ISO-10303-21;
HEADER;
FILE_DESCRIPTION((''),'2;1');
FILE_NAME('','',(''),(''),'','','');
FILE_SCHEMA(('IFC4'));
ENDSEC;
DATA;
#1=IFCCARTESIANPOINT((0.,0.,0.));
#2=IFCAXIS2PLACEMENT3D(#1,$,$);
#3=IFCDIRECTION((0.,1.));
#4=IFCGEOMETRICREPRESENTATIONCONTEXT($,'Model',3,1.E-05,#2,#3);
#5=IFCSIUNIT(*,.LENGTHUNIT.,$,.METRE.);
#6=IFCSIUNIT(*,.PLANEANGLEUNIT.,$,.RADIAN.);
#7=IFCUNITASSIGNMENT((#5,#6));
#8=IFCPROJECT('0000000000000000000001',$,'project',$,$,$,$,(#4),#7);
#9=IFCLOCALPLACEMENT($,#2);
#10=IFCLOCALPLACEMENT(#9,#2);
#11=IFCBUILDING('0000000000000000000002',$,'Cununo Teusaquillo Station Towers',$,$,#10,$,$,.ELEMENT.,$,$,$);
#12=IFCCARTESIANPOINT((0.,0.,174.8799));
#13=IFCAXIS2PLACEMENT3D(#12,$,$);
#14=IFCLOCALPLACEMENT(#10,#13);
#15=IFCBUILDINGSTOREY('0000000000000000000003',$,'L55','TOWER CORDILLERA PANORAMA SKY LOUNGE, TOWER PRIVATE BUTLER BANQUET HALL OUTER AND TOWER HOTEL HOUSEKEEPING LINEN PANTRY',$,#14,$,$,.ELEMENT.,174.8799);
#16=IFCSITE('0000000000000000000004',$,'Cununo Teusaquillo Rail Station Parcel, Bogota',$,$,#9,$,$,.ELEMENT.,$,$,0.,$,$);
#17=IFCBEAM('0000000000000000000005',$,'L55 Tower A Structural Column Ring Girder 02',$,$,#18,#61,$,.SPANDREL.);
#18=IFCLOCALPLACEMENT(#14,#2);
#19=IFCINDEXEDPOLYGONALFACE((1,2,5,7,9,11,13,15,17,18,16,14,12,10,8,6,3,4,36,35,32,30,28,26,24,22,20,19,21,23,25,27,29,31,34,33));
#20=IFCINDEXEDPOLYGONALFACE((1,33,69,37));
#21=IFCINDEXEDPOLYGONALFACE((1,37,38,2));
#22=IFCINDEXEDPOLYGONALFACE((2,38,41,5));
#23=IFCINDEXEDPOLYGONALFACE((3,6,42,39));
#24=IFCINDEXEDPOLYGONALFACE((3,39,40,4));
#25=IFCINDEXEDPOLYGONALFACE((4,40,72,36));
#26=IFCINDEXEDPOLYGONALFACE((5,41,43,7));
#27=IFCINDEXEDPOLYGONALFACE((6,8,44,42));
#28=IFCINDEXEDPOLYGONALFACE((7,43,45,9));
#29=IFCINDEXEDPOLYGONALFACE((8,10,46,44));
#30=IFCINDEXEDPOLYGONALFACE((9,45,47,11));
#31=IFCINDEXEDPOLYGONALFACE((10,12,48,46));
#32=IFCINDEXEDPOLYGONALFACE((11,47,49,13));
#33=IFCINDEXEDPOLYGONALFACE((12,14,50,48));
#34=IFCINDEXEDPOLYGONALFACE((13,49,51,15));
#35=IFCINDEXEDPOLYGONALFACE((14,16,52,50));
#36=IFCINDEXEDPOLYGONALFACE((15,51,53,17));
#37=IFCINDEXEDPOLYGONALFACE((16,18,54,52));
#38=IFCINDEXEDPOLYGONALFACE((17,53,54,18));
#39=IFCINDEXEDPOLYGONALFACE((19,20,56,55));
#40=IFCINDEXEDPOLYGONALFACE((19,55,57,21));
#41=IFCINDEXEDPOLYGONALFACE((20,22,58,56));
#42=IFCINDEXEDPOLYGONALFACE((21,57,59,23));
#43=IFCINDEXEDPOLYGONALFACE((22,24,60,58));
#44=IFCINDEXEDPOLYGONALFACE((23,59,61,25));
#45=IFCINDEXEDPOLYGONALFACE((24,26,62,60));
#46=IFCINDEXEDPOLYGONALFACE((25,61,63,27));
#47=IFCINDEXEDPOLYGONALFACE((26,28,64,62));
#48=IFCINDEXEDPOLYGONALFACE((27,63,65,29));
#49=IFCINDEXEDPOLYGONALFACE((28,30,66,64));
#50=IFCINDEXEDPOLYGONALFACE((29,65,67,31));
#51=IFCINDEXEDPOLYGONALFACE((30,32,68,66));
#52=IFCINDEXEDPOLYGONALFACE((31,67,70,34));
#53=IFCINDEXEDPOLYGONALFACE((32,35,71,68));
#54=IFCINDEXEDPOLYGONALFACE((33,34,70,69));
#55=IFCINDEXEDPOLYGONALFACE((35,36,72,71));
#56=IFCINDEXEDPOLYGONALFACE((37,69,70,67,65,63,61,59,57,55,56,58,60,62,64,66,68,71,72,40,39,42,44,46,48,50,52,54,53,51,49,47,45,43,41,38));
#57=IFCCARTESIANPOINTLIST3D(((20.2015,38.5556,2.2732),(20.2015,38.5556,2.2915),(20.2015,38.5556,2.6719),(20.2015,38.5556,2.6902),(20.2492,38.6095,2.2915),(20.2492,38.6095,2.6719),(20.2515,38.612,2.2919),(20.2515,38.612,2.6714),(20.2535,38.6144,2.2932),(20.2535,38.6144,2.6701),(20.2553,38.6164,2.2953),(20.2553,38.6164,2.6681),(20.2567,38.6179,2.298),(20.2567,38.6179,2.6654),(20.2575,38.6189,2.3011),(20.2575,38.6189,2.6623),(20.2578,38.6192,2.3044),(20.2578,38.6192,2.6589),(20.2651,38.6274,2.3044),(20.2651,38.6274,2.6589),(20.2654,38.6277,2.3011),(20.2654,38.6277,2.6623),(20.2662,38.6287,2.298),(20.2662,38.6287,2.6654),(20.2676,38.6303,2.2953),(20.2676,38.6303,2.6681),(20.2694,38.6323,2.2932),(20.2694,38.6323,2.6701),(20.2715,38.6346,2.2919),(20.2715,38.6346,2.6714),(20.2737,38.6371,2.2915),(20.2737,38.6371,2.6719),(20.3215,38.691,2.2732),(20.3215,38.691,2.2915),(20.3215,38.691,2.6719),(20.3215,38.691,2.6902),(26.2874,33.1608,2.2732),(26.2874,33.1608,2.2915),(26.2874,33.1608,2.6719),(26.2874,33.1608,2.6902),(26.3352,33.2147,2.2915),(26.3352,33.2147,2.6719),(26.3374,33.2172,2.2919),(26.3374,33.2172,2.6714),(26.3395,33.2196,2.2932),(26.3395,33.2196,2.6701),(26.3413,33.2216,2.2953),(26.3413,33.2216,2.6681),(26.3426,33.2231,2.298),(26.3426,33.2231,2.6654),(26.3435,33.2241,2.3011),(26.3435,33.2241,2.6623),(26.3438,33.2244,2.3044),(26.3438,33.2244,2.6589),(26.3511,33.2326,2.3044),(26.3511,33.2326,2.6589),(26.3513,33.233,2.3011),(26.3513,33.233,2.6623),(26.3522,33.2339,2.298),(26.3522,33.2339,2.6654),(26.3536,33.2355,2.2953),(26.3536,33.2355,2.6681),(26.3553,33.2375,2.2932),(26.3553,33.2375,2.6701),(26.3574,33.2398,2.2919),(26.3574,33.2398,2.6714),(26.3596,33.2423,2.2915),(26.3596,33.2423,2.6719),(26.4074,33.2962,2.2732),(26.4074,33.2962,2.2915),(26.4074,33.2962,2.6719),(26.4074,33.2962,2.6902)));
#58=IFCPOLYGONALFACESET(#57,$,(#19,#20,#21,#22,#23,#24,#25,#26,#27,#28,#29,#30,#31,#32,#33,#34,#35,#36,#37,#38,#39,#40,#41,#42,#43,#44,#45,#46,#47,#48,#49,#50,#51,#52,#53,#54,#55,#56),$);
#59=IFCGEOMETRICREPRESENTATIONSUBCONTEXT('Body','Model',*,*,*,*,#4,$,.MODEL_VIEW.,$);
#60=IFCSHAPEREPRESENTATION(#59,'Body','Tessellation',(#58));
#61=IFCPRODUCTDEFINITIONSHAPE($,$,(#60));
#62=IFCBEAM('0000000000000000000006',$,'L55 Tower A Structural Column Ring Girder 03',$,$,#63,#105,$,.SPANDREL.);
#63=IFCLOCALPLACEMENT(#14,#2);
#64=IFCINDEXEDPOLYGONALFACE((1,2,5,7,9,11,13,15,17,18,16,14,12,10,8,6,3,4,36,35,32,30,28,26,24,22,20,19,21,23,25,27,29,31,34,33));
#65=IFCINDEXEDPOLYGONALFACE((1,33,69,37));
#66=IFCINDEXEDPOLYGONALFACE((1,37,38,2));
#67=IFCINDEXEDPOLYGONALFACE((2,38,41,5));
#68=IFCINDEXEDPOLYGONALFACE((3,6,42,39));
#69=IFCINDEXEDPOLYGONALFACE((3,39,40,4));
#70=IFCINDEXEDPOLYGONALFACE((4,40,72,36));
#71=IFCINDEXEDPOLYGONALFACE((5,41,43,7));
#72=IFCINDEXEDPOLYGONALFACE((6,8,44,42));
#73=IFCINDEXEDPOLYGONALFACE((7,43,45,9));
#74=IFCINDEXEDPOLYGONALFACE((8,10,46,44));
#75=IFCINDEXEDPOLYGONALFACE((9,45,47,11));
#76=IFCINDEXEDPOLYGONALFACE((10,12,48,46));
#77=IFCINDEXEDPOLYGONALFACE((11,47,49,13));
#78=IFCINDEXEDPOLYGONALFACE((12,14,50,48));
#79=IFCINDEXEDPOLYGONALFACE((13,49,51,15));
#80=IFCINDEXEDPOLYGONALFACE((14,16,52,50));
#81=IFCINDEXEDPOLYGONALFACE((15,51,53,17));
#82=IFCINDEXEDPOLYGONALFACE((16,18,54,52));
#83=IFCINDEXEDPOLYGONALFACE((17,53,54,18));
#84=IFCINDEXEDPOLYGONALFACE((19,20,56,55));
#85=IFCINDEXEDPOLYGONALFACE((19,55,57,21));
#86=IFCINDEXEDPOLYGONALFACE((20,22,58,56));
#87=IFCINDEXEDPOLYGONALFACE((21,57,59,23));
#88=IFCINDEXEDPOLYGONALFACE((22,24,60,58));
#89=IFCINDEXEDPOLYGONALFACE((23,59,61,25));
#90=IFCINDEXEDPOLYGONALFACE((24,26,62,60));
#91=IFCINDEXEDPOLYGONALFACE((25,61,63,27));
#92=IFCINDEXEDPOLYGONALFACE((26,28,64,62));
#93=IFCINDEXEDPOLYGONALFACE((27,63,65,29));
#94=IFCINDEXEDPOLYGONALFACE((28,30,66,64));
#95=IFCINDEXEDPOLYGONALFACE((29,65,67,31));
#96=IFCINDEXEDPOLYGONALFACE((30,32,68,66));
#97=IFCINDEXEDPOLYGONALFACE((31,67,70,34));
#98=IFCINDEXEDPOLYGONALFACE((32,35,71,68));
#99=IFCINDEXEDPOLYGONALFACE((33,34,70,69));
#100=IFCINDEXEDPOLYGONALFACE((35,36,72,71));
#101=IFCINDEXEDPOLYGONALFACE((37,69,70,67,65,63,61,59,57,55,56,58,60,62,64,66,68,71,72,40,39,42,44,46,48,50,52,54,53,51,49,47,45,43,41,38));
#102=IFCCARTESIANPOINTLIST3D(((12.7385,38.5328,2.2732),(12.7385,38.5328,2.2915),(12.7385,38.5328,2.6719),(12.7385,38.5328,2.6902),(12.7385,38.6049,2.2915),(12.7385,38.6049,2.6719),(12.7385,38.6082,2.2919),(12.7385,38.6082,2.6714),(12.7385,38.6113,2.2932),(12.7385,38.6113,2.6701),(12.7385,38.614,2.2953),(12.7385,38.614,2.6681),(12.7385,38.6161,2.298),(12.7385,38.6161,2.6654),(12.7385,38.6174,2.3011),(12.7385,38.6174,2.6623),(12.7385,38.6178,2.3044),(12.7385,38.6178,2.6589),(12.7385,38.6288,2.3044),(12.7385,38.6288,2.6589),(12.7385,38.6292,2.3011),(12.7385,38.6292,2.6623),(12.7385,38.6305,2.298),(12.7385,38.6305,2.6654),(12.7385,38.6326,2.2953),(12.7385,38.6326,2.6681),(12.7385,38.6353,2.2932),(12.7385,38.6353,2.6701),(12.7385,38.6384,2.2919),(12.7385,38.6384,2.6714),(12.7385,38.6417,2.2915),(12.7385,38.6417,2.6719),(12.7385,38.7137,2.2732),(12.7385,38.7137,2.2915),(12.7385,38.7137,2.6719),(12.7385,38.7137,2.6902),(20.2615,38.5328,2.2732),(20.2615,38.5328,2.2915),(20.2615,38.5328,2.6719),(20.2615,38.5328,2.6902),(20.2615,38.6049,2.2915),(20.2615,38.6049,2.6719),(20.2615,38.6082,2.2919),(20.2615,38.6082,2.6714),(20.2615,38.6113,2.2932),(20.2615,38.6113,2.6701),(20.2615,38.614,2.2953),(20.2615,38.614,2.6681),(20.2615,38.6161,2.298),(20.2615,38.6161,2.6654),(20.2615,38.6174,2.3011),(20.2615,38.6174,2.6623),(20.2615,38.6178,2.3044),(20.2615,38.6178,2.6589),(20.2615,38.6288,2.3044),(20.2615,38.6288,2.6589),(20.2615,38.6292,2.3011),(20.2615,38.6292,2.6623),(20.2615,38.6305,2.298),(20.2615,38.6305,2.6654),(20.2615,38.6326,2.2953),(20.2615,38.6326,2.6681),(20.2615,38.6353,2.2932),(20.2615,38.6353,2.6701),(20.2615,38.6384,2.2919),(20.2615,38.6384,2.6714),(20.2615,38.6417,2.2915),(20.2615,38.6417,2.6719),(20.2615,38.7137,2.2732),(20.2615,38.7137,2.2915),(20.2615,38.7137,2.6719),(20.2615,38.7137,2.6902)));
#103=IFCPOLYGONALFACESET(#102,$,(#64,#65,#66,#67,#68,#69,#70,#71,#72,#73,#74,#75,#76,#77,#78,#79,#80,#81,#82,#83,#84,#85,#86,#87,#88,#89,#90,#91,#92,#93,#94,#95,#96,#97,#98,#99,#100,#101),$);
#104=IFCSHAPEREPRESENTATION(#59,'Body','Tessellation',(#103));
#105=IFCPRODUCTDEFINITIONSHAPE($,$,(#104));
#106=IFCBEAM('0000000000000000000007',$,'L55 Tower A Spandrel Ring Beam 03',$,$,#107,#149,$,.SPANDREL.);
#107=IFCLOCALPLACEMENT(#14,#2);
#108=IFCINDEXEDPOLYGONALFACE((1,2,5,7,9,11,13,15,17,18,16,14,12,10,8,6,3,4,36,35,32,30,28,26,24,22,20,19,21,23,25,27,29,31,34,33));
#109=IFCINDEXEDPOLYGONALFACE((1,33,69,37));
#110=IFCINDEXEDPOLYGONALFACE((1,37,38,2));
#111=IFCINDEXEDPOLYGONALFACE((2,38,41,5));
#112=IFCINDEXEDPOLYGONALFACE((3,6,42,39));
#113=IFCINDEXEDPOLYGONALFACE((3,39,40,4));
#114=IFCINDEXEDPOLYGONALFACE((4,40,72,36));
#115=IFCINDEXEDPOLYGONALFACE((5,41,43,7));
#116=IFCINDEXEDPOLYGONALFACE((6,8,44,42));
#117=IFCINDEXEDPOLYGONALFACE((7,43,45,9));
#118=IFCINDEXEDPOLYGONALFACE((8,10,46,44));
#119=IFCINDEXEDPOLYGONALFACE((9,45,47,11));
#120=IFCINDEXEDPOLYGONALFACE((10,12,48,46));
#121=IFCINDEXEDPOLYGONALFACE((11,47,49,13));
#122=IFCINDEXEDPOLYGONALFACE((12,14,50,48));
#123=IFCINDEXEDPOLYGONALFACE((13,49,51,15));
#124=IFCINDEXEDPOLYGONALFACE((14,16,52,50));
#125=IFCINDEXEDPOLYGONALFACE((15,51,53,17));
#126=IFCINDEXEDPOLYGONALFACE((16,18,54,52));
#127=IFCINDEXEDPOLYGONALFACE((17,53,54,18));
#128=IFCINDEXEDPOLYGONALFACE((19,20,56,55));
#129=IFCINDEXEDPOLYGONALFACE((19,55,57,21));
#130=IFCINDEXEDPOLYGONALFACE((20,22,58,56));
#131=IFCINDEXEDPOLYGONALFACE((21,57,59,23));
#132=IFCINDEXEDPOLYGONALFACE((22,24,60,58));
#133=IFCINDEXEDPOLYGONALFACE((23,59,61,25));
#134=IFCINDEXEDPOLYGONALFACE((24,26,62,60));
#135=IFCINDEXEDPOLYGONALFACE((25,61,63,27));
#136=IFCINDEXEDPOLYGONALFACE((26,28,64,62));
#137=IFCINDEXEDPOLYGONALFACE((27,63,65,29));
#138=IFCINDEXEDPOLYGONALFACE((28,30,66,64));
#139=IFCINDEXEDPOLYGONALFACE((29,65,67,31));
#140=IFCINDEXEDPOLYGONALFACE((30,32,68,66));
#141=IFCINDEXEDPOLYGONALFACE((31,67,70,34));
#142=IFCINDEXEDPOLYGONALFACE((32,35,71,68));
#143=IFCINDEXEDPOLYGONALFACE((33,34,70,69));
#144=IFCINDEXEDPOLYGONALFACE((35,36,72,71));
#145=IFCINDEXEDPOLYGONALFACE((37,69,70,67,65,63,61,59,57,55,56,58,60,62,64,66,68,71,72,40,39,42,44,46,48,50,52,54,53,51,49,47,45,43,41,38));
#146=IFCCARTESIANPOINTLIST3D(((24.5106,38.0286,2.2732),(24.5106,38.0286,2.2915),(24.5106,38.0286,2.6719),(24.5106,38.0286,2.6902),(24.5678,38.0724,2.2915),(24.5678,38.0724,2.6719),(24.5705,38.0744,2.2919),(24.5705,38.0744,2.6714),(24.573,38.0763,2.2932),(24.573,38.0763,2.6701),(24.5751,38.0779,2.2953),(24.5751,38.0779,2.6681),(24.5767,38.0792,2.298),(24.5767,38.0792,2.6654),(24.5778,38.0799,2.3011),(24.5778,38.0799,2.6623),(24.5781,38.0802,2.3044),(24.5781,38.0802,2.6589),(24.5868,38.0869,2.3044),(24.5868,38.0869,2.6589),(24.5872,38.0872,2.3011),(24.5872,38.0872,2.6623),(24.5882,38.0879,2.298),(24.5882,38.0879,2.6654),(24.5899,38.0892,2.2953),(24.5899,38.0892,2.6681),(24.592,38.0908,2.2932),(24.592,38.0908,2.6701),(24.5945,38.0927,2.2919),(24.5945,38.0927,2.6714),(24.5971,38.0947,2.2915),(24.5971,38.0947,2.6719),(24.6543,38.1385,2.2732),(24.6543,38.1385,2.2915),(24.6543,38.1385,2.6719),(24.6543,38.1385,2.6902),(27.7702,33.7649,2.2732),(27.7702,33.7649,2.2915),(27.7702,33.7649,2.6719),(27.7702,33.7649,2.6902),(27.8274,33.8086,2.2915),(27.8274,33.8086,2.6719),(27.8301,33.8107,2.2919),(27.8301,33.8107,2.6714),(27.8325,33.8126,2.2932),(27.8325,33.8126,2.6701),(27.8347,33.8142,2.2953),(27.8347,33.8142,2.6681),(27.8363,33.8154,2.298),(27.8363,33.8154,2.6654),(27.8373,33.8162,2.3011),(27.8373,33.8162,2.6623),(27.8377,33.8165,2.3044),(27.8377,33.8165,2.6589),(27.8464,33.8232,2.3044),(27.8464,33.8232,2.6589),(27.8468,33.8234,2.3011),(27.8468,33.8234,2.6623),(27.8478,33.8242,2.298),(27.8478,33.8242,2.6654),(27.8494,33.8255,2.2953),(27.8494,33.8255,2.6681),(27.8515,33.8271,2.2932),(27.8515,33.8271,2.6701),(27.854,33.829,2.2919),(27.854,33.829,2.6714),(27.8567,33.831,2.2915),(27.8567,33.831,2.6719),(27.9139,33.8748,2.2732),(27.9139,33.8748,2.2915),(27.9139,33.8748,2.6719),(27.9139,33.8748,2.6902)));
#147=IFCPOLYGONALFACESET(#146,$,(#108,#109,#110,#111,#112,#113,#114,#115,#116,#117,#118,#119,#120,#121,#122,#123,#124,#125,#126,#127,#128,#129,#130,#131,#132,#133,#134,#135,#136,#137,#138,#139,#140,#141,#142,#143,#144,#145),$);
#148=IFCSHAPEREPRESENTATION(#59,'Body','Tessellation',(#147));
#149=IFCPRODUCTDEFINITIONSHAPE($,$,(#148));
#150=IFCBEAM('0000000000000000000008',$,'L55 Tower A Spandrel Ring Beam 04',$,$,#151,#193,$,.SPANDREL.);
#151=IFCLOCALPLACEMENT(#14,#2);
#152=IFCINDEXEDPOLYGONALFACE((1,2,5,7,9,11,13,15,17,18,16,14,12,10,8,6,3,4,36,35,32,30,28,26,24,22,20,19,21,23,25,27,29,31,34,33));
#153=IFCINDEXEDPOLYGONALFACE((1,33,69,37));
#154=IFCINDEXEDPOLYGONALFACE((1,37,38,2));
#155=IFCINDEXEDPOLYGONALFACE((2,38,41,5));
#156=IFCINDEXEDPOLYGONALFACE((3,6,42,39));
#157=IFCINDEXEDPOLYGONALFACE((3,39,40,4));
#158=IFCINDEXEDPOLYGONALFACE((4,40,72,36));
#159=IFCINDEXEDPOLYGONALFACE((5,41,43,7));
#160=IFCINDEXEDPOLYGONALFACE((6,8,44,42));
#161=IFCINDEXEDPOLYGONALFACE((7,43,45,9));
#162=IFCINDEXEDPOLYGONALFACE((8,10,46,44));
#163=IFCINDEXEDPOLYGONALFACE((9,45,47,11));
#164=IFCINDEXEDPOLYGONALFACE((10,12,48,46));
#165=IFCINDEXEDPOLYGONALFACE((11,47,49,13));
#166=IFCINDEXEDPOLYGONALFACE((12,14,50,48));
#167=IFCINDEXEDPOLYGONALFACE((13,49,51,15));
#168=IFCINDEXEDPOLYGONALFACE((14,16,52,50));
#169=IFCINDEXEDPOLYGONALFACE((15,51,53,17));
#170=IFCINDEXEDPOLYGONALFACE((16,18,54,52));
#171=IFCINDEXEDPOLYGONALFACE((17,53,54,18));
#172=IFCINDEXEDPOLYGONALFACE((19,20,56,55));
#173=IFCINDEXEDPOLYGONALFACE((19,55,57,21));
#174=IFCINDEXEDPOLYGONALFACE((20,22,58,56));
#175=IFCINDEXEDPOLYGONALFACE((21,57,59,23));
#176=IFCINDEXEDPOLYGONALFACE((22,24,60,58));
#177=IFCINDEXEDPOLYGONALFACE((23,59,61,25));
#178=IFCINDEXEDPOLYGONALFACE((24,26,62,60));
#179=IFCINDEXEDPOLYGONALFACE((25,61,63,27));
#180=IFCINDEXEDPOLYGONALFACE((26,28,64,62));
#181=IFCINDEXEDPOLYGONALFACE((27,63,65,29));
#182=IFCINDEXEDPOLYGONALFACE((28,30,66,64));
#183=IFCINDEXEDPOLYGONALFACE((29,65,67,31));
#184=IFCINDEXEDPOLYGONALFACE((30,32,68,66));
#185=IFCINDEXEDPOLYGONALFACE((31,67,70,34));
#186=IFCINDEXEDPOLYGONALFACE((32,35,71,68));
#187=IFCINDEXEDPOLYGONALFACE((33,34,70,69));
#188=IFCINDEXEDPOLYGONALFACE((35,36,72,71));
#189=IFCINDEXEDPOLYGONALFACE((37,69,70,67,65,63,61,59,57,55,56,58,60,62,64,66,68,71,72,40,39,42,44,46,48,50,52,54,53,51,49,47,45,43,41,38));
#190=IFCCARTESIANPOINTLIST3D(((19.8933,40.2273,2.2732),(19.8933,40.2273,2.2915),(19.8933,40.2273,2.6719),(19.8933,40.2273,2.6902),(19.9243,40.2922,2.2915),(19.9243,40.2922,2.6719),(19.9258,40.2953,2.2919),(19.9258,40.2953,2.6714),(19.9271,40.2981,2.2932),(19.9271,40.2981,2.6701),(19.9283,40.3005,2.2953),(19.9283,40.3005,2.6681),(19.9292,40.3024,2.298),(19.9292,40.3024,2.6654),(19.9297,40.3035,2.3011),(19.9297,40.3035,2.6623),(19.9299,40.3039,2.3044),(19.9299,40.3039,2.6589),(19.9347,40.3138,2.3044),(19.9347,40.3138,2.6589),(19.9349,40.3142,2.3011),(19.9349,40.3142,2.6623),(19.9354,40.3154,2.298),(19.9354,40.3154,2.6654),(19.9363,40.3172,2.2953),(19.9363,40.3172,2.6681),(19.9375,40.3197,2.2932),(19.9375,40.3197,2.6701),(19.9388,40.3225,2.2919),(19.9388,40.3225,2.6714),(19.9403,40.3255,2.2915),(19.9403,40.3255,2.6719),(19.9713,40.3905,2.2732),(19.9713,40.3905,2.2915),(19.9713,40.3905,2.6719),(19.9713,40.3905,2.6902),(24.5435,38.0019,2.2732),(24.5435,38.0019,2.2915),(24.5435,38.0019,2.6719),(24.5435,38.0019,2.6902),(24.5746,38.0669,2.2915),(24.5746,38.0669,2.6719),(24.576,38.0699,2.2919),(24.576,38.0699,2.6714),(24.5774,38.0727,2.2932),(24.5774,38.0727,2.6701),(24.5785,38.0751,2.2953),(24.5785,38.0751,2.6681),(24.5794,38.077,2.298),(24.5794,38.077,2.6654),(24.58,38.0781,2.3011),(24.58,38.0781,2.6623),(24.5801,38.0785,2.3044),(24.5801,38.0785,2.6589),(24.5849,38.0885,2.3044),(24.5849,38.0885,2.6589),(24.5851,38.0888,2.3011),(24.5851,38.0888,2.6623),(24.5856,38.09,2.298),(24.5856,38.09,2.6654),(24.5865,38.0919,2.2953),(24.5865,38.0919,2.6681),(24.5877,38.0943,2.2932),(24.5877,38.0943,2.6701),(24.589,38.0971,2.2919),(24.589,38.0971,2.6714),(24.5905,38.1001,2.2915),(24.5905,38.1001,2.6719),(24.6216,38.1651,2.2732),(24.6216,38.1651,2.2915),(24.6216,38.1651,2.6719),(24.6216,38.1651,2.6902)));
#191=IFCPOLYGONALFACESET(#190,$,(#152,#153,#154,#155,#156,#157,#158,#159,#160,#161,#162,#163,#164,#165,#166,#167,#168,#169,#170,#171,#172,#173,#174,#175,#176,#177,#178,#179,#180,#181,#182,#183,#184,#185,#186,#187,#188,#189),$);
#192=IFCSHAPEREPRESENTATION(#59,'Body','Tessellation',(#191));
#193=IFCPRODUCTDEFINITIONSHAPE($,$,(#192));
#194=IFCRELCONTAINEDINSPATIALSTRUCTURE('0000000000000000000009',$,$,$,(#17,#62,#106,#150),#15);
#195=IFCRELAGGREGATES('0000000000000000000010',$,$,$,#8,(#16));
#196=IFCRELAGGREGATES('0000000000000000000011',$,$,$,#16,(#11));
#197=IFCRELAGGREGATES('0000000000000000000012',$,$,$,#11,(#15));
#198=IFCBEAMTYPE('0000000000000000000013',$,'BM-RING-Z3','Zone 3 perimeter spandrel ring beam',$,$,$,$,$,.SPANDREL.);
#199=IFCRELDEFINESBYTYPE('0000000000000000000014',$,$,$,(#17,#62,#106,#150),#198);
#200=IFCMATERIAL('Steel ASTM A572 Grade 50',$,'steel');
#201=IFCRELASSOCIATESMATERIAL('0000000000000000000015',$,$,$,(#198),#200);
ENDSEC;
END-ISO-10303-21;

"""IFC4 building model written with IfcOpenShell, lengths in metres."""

from ifc_helpers import new_model, si_unit, direction, frame, origin, origin_2d, place, context, subcontext, project, spatial, i_section, extrude, material, material_profile, profile_set, type_object, element, save


model = new_model("IFC4")

# Units and contexts
model_context = context("Model", 3, precision=1e-05, world=origin(), true_north=direction((0.0, 1.0)))
body_context = subcontext(model_context, "Body", "Model", "MODEL_VIEW")
ifc_project = project(units=[si_unit("LENGTHUNIT", "METRE"), si_unit("PLANEANGLEUNIT", "RADIAN")], contexts=[model_context])

# Site, building, storey
site_placement = place(None, origin())
site = spatial("IfcSite", under=ifc_project, at=site_placement, Name="Cununo Teusaquillo Rail Station Parcel, Bogota", CompositionType="ELEMENT", RefElevation=0.0)
building_placement = place(site_placement, origin())
building = spatial("IfcBuilding", under=site, at=building_placement, Name="Cununo Teusaquillo Station Towers", CompositionType="ELEMENT")
storey_placement = place(building_placement, frame((0.0, 0.0, 174.8799)))
storey = spatial("IfcBuildingStorey", under=building, at=storey_placement, Name="L55", Description="TOWER CORDILLERA PANORAMA SKY LOUNGE, TOWER PRIVATE BUTLER BANQUET HALL OUTER AND TOWER HOTEL HOUSEKEEPING LINEN PANTRY", CompositionType="ELEMENT", Elevation=174.8799)

# Beams
ifc_material_1 = material(Name="Steel ASTM A572 Grade 50", Category="steel")
ifc_material_profile_1 = material_profile(ifc_material_1, i_section(OverallWidth=0.1809, OverallDepth=0.417, WebThickness=0.011, FlangeThickness=0.0183, FilletRadius=0.0129, at=origin_2d()), Name="W16X57")
ifc_profile_set_1 = profile_set([ifc_material_profile_1], Name="Steel ASTM A572 Grade 50")
beam_type_1 = type_object("IfcBeamType", Name="BM-RING-Z3", Description="Zone 3 perimeter spandrel ring beam", PredefinedType="SPANDREL", material=ifc_profile_set_1)
beam_1_placement = place(storey_placement, frame((26.3474, 33.2285, 2.4817), z_axis=(-0.748321, 0.663337, 0.0), x_axis=(-0.663337, -0.748321, 0.0)))
element("IfcBeam", 1, at=beam_1_placement, inside=storey, type_object=beam_type_1, Name="L55 Tower A Structural Column Ring Girder 02", PredefinedType="SPANDREL", context=body_context, shape_type="SweptSolid", body=[
    extrude(i_section(OverallWidth=0.1809, OverallDepth=0.417, WebThickness=0.011, FlangeThickness=0.0183, FilletRadius=0.0129, at=origin_2d()), origin(), (0.0, 0.0, 1.0), 8.1328),
])
beam_2_placement = place(storey_placement, frame((20.2615, 38.6233, 2.4817), z_axis=(-1.0, 0.0, 0.0), x_axis=(0.0, -1.0, 0.0)))
element("IfcBeam", 2, at=beam_2_placement, inside=storey, type_object=beam_type_1, Name="L55 Tower A Structural Column Ring Girder 03", PredefinedType="SPANDREL", context=body_context, shape_type="SweptSolid", body=[
    extrude(i_section(OverallWidth=0.1809, OverallDepth=0.417, WebThickness=0.011, FlangeThickness=0.0183, FilletRadius=0.0129, at=origin_2d()), origin(), (0.0, 0.0, 1.0), 7.5229),
])
beam_3_placement = place(storey_placement, frame((27.842, 33.8198, 2.4817), z_axis=(-0.60734, 0.794442, 0.0), x_axis=(-0.794442, -0.60734, 0.0)))
element("IfcBeam", 3, at=beam_3_placement, inside=storey, type_object=beam_type_1, Name="L55 Tower A Spandrel Ring Beam 03", PredefinedType="SPANDREL", context=body_context, shape_type="SweptSolid", body=[
    extrude(i_section(OverallWidth=0.1809, OverallDepth=0.417, WebThickness=0.011, FlangeThickness=0.0183, FilletRadius=0.0129, at=origin_2d()), origin(), (0.0, 0.0, 1.0), 5.3669),
])
beam_4_placement = place(storey_placement, frame((24.5825, 38.0835, 2.4817), z_axis=(-0.902032, 0.43167, 0.0), x_axis=(-0.43167, -0.902032, 0.0)))
element("IfcBeam", 4, at=beam_4_placement, inside=storey, type_object=beam_type_1, Name="L55 Tower A Spandrel Ring Beam 04", PredefinedType="SPANDREL", context=body_context, shape_type="SweptSolid", body=[
    extrude(i_section(OverallWidth=0.1809, OverallDepth=0.417, WebThickness=0.011, FlangeThickness=0.0183, FilletRadius=0.0129, at=origin_2d()), origin(), (0.0, 0.0, 1.0), 5.1553),
])

save(model, "model.ifc")
